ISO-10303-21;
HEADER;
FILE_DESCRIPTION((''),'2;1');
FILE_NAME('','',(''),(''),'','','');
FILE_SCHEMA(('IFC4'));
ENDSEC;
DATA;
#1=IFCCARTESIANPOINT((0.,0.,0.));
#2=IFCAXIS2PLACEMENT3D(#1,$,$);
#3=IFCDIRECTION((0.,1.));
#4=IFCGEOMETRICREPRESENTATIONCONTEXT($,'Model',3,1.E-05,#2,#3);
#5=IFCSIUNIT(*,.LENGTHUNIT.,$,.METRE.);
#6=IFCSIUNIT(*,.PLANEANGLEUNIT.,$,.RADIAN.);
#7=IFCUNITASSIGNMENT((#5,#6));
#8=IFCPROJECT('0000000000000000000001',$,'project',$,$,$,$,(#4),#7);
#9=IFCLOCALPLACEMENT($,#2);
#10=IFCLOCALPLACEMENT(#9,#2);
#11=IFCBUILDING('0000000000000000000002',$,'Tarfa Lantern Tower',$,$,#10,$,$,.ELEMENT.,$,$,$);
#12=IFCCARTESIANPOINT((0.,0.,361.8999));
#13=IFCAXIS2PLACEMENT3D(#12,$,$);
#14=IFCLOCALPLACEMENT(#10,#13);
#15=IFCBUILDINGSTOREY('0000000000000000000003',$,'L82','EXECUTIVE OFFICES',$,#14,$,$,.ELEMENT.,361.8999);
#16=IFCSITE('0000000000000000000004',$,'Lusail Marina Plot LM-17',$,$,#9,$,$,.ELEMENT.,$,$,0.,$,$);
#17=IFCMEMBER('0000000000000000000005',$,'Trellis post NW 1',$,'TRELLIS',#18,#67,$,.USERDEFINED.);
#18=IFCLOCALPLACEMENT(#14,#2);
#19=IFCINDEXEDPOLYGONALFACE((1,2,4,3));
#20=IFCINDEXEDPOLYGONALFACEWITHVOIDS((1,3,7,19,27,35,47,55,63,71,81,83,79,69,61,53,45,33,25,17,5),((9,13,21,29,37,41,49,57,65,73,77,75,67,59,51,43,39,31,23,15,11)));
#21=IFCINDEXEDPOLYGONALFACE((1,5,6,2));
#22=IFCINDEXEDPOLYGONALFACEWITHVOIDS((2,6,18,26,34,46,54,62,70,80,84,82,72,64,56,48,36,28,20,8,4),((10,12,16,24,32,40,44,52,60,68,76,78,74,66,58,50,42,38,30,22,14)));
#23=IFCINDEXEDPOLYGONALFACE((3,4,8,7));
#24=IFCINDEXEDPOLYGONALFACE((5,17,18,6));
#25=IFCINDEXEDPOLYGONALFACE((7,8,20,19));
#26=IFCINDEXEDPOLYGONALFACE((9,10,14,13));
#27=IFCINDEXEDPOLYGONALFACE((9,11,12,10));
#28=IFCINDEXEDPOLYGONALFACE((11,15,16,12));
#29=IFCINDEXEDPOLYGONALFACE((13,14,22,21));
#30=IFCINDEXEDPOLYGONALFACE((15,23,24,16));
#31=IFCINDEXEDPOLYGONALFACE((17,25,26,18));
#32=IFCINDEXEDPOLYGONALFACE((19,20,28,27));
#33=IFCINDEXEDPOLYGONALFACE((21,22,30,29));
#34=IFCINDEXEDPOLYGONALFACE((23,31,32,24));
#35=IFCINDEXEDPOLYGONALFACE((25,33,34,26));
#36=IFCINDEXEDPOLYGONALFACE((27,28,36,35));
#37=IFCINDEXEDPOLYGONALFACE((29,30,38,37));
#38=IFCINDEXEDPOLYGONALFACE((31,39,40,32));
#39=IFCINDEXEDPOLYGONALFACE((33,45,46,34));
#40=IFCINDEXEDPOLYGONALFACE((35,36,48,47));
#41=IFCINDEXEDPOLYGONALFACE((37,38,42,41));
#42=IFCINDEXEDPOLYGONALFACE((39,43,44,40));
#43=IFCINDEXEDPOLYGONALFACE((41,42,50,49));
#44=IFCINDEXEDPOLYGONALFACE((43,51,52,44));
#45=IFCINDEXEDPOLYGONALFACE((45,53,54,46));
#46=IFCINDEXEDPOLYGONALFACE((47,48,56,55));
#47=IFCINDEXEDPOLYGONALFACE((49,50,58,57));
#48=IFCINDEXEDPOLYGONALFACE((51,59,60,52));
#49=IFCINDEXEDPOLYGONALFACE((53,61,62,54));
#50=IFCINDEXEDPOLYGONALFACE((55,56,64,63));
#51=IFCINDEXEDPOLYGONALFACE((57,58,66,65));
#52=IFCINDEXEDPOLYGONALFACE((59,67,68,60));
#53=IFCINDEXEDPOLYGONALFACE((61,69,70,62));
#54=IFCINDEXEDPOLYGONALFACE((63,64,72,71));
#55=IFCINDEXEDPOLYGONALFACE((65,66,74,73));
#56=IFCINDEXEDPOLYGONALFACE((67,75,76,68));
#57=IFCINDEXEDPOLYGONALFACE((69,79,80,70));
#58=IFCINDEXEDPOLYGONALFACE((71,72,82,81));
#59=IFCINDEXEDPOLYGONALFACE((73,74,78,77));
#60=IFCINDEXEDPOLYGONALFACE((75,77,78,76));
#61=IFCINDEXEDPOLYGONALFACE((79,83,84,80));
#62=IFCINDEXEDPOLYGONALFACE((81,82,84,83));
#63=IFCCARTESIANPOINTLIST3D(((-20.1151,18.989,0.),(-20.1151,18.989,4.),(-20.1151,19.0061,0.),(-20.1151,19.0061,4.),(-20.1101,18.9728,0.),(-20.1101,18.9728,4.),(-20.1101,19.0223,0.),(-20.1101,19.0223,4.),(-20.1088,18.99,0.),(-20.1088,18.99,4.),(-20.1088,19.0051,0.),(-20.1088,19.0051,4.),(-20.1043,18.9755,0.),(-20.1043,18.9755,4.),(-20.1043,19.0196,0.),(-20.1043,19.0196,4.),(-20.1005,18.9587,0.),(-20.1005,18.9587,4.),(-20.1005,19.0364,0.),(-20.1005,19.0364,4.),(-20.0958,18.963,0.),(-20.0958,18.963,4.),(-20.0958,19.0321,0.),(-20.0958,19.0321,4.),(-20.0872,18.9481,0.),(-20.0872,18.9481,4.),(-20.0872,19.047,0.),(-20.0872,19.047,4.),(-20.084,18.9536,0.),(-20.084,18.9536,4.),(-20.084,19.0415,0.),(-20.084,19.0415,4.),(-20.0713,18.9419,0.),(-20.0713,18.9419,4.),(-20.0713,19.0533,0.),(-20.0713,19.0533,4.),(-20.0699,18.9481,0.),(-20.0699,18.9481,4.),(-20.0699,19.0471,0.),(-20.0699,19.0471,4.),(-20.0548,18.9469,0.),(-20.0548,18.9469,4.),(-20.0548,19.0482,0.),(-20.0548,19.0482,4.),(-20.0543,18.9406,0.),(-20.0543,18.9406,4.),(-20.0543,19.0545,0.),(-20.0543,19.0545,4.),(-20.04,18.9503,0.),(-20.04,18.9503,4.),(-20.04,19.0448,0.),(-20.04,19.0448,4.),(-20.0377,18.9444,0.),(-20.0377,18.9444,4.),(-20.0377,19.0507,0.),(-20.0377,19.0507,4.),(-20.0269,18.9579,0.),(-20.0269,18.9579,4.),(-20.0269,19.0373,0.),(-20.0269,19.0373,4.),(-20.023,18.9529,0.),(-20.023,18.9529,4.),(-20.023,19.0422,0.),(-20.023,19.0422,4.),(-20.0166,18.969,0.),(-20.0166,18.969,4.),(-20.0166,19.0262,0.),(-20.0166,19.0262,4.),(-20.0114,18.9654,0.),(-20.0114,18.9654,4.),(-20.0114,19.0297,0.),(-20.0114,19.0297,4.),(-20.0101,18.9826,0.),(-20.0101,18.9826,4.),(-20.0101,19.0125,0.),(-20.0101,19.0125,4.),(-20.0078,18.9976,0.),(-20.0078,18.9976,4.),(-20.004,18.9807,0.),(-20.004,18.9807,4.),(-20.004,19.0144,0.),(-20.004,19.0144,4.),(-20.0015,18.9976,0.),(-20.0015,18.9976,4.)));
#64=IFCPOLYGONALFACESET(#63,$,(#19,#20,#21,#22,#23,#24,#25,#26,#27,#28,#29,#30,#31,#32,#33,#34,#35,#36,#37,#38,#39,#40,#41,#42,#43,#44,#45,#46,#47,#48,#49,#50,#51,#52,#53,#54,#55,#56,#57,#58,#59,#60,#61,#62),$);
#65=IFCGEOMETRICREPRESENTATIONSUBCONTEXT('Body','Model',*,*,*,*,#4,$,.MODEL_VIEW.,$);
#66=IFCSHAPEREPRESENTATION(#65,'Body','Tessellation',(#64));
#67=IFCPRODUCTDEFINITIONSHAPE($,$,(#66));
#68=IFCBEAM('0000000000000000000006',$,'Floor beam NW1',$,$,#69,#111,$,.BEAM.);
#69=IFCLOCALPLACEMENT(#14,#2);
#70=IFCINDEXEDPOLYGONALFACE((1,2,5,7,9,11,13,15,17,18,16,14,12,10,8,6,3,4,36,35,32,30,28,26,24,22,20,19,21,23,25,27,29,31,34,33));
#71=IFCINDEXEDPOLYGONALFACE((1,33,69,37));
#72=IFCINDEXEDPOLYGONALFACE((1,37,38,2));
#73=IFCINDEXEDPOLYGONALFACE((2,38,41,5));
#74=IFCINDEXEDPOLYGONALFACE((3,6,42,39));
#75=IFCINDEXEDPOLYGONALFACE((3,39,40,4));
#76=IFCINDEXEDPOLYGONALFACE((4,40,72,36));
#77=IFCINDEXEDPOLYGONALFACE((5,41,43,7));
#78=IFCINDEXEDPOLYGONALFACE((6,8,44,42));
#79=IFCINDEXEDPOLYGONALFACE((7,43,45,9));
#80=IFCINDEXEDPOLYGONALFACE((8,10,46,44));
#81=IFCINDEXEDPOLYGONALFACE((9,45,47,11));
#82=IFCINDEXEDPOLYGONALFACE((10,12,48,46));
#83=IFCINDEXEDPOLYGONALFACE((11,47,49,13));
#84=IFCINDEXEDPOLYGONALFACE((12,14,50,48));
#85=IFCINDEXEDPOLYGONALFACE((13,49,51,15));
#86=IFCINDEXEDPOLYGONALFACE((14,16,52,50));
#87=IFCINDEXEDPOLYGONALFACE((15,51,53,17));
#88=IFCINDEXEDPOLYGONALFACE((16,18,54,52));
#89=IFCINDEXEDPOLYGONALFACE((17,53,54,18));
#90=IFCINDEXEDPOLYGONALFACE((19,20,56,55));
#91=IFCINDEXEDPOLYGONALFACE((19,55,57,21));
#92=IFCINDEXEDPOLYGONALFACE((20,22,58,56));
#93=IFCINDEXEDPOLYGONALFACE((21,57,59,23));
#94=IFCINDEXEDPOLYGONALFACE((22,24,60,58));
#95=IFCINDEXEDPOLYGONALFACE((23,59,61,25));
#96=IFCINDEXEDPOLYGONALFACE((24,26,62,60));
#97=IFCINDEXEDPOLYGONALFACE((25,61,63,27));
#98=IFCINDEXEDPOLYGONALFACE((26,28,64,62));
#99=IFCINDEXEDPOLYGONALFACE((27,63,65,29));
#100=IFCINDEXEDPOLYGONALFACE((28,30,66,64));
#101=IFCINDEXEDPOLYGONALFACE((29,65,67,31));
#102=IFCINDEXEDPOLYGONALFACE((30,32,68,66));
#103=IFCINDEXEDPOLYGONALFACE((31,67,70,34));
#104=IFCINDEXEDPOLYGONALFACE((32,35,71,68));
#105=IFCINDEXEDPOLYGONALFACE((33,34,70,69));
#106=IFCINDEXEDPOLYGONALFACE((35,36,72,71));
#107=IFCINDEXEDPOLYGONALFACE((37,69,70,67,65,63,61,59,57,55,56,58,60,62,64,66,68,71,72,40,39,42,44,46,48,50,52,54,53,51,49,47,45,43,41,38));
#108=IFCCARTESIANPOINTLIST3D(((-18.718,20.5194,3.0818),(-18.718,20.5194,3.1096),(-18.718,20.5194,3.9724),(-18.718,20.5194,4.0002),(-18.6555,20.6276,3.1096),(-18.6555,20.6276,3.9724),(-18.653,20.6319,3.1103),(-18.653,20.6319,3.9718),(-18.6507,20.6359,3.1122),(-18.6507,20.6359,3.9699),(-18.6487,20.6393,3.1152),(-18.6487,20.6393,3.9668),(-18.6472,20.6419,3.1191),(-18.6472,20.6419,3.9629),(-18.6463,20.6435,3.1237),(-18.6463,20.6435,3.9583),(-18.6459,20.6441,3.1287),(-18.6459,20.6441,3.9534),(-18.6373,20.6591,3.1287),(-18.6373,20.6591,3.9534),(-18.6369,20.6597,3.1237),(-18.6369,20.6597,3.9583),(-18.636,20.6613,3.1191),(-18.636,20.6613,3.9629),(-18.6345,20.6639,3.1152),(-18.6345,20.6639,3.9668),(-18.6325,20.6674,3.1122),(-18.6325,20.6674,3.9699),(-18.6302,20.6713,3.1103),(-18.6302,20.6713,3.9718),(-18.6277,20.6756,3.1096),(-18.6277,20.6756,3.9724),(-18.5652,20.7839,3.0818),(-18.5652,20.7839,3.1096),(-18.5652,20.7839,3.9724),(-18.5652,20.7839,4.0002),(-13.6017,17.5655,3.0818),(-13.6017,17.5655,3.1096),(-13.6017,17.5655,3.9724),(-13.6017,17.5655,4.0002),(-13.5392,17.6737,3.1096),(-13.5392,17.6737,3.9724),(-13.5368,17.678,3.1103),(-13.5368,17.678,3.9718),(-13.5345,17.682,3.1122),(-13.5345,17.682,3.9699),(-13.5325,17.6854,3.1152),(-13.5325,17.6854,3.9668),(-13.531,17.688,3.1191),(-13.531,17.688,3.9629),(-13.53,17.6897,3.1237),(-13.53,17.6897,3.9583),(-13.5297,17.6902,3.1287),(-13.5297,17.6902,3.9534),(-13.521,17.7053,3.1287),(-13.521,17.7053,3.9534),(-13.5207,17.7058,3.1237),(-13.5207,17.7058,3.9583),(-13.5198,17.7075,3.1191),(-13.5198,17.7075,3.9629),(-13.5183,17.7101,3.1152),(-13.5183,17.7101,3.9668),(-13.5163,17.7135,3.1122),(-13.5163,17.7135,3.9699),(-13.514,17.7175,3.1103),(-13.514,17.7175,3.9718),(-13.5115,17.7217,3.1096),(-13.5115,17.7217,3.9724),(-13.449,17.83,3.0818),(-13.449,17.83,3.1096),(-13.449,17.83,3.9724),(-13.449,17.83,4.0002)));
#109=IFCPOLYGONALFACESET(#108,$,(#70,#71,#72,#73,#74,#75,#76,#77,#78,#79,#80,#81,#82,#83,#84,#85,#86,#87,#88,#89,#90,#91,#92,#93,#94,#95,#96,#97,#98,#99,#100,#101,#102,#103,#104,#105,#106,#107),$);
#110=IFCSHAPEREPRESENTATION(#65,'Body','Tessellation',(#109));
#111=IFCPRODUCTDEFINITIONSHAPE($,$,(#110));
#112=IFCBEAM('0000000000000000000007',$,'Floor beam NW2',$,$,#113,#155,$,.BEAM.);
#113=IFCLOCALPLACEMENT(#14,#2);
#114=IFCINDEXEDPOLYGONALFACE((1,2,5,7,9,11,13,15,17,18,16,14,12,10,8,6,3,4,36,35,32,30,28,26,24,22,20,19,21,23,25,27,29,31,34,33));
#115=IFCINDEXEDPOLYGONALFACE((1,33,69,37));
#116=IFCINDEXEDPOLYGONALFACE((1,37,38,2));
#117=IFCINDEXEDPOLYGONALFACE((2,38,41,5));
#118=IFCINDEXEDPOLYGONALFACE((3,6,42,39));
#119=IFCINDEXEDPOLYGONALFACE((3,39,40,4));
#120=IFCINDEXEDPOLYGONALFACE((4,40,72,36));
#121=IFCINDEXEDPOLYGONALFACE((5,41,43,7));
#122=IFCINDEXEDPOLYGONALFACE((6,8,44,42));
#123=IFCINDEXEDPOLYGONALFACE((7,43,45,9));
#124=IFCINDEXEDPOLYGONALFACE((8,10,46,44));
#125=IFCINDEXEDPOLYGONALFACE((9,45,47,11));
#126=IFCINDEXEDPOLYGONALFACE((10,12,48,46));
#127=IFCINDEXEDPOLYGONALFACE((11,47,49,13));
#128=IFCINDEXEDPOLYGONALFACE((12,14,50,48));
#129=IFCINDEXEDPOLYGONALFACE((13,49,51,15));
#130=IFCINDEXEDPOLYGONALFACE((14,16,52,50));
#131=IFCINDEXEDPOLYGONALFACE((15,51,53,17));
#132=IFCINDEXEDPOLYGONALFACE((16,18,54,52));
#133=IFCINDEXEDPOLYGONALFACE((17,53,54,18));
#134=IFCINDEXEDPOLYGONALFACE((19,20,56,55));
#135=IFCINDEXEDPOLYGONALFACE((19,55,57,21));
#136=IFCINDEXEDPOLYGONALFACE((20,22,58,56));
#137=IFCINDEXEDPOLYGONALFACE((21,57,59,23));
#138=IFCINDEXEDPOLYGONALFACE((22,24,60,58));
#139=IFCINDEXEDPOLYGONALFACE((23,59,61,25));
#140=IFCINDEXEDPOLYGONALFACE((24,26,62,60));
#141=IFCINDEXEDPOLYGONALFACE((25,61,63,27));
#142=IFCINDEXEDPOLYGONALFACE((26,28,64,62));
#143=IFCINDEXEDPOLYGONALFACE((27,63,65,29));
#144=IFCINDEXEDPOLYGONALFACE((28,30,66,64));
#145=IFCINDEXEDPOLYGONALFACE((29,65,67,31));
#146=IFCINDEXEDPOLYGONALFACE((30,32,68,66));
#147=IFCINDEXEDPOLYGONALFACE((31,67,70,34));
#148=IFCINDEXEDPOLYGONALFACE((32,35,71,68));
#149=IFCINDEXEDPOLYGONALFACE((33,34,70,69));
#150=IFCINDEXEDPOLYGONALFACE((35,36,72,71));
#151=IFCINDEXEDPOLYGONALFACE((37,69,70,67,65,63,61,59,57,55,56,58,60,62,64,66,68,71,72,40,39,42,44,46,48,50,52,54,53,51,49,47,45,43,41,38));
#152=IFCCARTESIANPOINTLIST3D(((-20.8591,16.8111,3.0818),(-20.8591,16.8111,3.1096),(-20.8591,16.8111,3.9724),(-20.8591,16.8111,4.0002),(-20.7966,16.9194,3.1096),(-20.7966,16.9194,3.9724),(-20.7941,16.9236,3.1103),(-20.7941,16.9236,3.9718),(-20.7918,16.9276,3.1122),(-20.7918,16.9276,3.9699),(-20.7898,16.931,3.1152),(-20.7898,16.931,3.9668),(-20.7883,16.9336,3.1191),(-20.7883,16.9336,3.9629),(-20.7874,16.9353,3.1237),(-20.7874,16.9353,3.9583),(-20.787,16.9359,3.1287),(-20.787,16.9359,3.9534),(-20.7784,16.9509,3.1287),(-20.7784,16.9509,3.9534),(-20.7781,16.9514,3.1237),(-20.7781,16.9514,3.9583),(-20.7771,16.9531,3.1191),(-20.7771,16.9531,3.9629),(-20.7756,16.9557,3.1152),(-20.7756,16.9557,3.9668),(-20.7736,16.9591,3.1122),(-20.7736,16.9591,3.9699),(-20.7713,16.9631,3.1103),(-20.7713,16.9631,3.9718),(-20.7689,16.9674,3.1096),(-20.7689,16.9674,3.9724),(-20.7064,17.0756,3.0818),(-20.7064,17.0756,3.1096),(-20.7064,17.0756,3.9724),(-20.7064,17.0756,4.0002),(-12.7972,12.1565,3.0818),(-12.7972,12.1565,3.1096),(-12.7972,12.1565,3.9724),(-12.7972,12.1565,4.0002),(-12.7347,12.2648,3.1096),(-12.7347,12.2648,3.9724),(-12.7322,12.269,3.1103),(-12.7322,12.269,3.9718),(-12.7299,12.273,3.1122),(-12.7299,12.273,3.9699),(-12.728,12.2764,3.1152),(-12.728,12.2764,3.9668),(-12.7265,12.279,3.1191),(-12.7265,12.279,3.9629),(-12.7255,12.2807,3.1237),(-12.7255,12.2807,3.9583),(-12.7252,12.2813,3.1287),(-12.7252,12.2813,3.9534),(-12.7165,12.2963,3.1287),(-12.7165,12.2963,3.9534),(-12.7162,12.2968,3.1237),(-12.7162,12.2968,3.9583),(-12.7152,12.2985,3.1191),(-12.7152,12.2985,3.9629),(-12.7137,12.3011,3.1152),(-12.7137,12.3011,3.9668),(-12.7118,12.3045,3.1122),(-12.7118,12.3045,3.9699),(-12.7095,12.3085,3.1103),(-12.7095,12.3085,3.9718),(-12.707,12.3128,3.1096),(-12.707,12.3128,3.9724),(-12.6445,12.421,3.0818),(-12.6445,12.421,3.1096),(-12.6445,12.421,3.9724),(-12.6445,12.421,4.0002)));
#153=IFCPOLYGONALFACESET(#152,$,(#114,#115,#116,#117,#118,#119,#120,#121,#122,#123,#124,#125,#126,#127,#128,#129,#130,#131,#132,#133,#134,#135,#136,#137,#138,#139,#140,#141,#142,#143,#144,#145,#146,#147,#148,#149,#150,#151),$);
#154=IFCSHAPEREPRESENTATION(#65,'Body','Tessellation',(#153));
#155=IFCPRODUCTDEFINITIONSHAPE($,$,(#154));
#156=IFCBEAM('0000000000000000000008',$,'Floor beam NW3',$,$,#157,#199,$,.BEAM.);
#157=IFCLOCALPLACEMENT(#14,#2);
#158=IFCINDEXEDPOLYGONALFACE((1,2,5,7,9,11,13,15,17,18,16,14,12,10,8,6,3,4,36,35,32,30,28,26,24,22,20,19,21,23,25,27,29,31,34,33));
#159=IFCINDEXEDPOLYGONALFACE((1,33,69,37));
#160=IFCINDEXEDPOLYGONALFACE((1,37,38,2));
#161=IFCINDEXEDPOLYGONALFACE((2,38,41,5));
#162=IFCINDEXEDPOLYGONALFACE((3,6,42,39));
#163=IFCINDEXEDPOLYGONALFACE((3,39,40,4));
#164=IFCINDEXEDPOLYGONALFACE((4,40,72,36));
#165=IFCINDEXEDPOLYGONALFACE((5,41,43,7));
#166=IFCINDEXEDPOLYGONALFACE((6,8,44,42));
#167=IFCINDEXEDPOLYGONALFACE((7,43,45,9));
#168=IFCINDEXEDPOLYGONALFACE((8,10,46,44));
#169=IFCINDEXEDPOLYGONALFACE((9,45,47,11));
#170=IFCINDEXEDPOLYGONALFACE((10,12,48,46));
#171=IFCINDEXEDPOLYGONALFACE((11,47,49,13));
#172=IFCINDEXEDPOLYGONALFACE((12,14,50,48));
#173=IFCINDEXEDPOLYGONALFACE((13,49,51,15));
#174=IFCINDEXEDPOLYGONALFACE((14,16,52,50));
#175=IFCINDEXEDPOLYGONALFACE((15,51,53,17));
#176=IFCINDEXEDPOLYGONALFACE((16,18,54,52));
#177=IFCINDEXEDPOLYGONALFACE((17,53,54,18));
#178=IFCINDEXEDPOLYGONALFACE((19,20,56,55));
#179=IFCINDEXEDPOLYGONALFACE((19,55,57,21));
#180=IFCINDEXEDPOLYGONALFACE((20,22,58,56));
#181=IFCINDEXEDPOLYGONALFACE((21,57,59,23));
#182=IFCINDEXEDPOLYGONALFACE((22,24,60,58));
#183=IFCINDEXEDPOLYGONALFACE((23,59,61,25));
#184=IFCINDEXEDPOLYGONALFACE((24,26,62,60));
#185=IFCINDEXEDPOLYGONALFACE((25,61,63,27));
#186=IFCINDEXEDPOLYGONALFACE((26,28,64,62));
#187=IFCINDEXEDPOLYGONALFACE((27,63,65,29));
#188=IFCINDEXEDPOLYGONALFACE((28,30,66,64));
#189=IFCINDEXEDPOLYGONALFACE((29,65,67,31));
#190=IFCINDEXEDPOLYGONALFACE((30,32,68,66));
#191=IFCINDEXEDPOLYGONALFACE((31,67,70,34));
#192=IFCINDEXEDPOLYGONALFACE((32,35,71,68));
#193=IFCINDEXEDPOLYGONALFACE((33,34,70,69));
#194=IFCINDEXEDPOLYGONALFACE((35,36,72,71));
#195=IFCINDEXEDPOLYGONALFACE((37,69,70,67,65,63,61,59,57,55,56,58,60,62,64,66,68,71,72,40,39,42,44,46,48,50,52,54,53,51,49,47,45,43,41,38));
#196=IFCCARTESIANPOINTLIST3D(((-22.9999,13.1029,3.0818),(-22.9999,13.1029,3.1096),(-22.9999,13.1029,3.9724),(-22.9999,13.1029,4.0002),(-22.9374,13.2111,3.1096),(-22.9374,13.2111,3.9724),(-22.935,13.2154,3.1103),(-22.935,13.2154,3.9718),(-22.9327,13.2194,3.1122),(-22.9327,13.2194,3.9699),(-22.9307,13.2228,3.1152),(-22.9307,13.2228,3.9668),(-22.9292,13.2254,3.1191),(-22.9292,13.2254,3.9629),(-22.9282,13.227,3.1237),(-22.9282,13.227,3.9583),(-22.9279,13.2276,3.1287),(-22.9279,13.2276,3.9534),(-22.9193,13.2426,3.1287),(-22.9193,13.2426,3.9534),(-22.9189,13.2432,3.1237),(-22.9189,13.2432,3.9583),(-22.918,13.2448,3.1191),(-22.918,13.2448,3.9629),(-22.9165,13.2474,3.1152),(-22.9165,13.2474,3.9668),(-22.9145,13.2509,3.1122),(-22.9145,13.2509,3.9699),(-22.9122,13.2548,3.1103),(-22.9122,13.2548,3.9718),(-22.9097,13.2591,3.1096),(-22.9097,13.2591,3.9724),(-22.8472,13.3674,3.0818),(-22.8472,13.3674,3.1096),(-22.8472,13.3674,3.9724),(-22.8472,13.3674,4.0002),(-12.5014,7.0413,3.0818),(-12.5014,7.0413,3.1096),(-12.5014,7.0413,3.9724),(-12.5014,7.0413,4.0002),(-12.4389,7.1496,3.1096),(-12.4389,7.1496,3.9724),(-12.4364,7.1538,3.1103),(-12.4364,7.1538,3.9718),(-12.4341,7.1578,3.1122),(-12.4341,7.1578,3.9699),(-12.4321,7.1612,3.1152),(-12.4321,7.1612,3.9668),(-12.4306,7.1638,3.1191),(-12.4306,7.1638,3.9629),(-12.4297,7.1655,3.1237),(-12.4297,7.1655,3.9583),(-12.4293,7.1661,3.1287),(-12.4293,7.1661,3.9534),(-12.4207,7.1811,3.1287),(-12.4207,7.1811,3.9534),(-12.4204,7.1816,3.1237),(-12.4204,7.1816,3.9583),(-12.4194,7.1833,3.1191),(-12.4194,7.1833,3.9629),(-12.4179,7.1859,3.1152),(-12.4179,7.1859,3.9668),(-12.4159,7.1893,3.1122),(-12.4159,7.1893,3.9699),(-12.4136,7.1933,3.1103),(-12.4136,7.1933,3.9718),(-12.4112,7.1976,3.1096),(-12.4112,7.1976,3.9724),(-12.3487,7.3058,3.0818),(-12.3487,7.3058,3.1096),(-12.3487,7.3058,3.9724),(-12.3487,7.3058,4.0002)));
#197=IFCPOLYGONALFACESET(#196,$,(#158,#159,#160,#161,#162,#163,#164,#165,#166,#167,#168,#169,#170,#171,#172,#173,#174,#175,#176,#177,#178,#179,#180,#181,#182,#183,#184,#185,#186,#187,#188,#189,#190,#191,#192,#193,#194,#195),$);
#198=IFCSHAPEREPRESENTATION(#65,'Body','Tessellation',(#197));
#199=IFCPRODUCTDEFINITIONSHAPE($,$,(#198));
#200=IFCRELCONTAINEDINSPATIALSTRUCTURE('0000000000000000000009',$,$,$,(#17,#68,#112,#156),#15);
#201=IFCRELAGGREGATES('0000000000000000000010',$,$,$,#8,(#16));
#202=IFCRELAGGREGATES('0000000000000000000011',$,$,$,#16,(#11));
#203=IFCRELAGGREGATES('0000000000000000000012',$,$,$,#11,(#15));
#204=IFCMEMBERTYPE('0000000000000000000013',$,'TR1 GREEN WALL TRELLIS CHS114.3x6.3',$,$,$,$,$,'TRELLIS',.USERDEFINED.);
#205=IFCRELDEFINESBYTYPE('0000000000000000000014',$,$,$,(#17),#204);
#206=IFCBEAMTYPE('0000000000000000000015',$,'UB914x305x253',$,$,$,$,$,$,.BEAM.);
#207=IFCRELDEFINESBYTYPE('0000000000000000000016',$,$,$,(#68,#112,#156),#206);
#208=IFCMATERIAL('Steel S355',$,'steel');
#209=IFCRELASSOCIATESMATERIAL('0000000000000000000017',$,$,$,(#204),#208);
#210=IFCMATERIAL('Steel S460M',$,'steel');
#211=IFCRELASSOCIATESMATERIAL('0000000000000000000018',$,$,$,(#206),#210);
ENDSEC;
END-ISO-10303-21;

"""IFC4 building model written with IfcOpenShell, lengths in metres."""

from ifc_helpers import new_model, si_unit, direction, frame, origin, origin_2d, place, context, subcontext, project, spatial, hollow_circle, i_section, extrude, material, material_profile, profile_set, type_object, element, save


model = new_model("IFC4")

# Units and contexts
model_context = context("Model", 3, precision=1e-05, world=origin(), true_north=direction((0.0, 1.0)))
body_context = subcontext(model_context, "Body", "Model", "MODEL_VIEW")
ifc_project = project(units=[si_unit("LENGTHUNIT", "METRE"), si_unit("PLANEANGLEUNIT", "RADIAN")], contexts=[model_context])

# Site, building, storey
site_placement = place(None, origin())
site = spatial("IfcSite", under=ifc_project, at=site_placement, Name="Lusail Marina Plot LM-17", CompositionType="ELEMENT", RefElevation=0.0)
building_placement = place(site_placement, origin())
building = spatial("IfcBuilding", under=site, at=building_placement, Name="Tarfa Lantern Tower", CompositionType="ELEMENT")
storey_placement = place(building_placement, frame((0.0, 0.0, 361.8999)))
storey = spatial("IfcBuildingStorey", under=building, at=storey_placement, Name="L82", Description="EXECUTIVE OFFICES", CompositionType="ELEMENT", Elevation=361.8999)

# Member
ifc_material_1 = material(Name="Steel S355", Category="steel")
ifc_material_profile_1 = material_profile(ifc_material_1, hollow_circle(Radius=0.0571, WallThickness=0.0063, at=origin_2d()), Name="CHS114.3x6.3")
ifc_profile_set_1 = profile_set([ifc_material_profile_1], Name="Steel S355")
member_type_1 = type_object("IfcMemberType", Name="TR1 GREEN WALL TRELLIS CHS114.3x6.3", ElementType="TRELLIS", PredefinedType="USERDEFINED", material=ifc_profile_set_1)
member_1_placement = place(storey_placement, frame((-20.0586, 18.9976, 0.0), z_axis=(0.0, 0.0, 1.0), x_axis=(1.0, 0.0, 0.0)))
element("IfcMember", 1, at=member_1_placement, inside=storey, type_object=member_type_1, Name="Trellis post NW 1", ObjectType="TRELLIS", PredefinedType="USERDEFINED", context=body_context, shape_type="SweptSolid", body=[
    extrude(hollow_circle(Radius=0.0571, WallThickness=0.0063, at=origin_2d()), origin(), (0.0, 0.0, 1.0), 4.0),
])

# Beams
ifc_material_2 = material(Name="Steel S460M", Category="steel")
ifc_material_profile_2 = material_profile(ifc_material_2, i_section(OverallWidth=0.3054, OverallDepth=0.9185, WebThickness=0.0173, FlangeThickness=0.0278, FilletRadius=0.019, at=origin_2d()), Name="UB914x305x253")
ifc_profile_set_2 = profile_set([ifc_material_profile_2], Name="Steel S460M")
beam_type_1 = type_object("IfcBeamType", Name="UB914x305x253", PredefinedType="BEAM", material=ifc_profile_set_2)
beam_1_placement = place(storey_placement, frame((-18.6416, 20.6516, 3.541), z_axis=(0.866025, -0.500001, 0.0), x_axis=(0.500001, 0.866025, 0.0)))
element("IfcBeam", 2, at=beam_1_placement, inside=storey, type_object=beam_type_1, Name="Floor beam NW1", PredefinedType="BEAM", context=body_context, shape_type="SweptSolid", body=[
    extrude(i_section(OverallWidth=0.3054, OverallDepth=0.9185, WebThickness=0.0173, FlangeThickness=0.0278, FilletRadius=0.019, at=origin_2d()), origin(), (0.0, 0.0, 1.0), 5.9077),
])
beam_2_placement = place(storey_placement, frame((-20.7827, 16.9434, 3.541), z_axis=(0.866022, -0.500006, 0.0), x_axis=(0.500006, 0.866022, 0.0)))
element("IfcBeam", 3, at=beam_2_placement, inside=storey, type_object=beam_type_1, Name="Floor beam NW2", PredefinedType="BEAM", context=body_context, shape_type="SweptSolid", body=[
    extrude(i_section(OverallWidth=0.3054, OverallDepth=0.9185, WebThickness=0.0173, FlangeThickness=0.0278, FilletRadius=0.019, at=origin_2d()), origin(), (0.0, 0.0, 1.0), 9.3091),
])
beam_3_placement = place(storey_placement, frame((-22.9236, 13.2351, 3.541), z_axis=(0.866019, -0.500012, 0.0), x_axis=(0.500012, 0.866019, 0.0)))
element("IfcBeam", 4, at=beam_3_placement, inside=storey, type_object=beam_type_1, Name="Floor beam NW3", PredefinedType="BEAM", context=body_context, shape_type="SweptSolid", body=[
    extrude(i_section(OverallWidth=0.3054, OverallDepth=0.9185, WebThickness=0.0173, FlangeThickness=0.0278, FilletRadius=0.019, at=origin_2d()), origin(), (0.0, 0.0, 1.0), 12.1228),
])

save(model, "model.ifc")
